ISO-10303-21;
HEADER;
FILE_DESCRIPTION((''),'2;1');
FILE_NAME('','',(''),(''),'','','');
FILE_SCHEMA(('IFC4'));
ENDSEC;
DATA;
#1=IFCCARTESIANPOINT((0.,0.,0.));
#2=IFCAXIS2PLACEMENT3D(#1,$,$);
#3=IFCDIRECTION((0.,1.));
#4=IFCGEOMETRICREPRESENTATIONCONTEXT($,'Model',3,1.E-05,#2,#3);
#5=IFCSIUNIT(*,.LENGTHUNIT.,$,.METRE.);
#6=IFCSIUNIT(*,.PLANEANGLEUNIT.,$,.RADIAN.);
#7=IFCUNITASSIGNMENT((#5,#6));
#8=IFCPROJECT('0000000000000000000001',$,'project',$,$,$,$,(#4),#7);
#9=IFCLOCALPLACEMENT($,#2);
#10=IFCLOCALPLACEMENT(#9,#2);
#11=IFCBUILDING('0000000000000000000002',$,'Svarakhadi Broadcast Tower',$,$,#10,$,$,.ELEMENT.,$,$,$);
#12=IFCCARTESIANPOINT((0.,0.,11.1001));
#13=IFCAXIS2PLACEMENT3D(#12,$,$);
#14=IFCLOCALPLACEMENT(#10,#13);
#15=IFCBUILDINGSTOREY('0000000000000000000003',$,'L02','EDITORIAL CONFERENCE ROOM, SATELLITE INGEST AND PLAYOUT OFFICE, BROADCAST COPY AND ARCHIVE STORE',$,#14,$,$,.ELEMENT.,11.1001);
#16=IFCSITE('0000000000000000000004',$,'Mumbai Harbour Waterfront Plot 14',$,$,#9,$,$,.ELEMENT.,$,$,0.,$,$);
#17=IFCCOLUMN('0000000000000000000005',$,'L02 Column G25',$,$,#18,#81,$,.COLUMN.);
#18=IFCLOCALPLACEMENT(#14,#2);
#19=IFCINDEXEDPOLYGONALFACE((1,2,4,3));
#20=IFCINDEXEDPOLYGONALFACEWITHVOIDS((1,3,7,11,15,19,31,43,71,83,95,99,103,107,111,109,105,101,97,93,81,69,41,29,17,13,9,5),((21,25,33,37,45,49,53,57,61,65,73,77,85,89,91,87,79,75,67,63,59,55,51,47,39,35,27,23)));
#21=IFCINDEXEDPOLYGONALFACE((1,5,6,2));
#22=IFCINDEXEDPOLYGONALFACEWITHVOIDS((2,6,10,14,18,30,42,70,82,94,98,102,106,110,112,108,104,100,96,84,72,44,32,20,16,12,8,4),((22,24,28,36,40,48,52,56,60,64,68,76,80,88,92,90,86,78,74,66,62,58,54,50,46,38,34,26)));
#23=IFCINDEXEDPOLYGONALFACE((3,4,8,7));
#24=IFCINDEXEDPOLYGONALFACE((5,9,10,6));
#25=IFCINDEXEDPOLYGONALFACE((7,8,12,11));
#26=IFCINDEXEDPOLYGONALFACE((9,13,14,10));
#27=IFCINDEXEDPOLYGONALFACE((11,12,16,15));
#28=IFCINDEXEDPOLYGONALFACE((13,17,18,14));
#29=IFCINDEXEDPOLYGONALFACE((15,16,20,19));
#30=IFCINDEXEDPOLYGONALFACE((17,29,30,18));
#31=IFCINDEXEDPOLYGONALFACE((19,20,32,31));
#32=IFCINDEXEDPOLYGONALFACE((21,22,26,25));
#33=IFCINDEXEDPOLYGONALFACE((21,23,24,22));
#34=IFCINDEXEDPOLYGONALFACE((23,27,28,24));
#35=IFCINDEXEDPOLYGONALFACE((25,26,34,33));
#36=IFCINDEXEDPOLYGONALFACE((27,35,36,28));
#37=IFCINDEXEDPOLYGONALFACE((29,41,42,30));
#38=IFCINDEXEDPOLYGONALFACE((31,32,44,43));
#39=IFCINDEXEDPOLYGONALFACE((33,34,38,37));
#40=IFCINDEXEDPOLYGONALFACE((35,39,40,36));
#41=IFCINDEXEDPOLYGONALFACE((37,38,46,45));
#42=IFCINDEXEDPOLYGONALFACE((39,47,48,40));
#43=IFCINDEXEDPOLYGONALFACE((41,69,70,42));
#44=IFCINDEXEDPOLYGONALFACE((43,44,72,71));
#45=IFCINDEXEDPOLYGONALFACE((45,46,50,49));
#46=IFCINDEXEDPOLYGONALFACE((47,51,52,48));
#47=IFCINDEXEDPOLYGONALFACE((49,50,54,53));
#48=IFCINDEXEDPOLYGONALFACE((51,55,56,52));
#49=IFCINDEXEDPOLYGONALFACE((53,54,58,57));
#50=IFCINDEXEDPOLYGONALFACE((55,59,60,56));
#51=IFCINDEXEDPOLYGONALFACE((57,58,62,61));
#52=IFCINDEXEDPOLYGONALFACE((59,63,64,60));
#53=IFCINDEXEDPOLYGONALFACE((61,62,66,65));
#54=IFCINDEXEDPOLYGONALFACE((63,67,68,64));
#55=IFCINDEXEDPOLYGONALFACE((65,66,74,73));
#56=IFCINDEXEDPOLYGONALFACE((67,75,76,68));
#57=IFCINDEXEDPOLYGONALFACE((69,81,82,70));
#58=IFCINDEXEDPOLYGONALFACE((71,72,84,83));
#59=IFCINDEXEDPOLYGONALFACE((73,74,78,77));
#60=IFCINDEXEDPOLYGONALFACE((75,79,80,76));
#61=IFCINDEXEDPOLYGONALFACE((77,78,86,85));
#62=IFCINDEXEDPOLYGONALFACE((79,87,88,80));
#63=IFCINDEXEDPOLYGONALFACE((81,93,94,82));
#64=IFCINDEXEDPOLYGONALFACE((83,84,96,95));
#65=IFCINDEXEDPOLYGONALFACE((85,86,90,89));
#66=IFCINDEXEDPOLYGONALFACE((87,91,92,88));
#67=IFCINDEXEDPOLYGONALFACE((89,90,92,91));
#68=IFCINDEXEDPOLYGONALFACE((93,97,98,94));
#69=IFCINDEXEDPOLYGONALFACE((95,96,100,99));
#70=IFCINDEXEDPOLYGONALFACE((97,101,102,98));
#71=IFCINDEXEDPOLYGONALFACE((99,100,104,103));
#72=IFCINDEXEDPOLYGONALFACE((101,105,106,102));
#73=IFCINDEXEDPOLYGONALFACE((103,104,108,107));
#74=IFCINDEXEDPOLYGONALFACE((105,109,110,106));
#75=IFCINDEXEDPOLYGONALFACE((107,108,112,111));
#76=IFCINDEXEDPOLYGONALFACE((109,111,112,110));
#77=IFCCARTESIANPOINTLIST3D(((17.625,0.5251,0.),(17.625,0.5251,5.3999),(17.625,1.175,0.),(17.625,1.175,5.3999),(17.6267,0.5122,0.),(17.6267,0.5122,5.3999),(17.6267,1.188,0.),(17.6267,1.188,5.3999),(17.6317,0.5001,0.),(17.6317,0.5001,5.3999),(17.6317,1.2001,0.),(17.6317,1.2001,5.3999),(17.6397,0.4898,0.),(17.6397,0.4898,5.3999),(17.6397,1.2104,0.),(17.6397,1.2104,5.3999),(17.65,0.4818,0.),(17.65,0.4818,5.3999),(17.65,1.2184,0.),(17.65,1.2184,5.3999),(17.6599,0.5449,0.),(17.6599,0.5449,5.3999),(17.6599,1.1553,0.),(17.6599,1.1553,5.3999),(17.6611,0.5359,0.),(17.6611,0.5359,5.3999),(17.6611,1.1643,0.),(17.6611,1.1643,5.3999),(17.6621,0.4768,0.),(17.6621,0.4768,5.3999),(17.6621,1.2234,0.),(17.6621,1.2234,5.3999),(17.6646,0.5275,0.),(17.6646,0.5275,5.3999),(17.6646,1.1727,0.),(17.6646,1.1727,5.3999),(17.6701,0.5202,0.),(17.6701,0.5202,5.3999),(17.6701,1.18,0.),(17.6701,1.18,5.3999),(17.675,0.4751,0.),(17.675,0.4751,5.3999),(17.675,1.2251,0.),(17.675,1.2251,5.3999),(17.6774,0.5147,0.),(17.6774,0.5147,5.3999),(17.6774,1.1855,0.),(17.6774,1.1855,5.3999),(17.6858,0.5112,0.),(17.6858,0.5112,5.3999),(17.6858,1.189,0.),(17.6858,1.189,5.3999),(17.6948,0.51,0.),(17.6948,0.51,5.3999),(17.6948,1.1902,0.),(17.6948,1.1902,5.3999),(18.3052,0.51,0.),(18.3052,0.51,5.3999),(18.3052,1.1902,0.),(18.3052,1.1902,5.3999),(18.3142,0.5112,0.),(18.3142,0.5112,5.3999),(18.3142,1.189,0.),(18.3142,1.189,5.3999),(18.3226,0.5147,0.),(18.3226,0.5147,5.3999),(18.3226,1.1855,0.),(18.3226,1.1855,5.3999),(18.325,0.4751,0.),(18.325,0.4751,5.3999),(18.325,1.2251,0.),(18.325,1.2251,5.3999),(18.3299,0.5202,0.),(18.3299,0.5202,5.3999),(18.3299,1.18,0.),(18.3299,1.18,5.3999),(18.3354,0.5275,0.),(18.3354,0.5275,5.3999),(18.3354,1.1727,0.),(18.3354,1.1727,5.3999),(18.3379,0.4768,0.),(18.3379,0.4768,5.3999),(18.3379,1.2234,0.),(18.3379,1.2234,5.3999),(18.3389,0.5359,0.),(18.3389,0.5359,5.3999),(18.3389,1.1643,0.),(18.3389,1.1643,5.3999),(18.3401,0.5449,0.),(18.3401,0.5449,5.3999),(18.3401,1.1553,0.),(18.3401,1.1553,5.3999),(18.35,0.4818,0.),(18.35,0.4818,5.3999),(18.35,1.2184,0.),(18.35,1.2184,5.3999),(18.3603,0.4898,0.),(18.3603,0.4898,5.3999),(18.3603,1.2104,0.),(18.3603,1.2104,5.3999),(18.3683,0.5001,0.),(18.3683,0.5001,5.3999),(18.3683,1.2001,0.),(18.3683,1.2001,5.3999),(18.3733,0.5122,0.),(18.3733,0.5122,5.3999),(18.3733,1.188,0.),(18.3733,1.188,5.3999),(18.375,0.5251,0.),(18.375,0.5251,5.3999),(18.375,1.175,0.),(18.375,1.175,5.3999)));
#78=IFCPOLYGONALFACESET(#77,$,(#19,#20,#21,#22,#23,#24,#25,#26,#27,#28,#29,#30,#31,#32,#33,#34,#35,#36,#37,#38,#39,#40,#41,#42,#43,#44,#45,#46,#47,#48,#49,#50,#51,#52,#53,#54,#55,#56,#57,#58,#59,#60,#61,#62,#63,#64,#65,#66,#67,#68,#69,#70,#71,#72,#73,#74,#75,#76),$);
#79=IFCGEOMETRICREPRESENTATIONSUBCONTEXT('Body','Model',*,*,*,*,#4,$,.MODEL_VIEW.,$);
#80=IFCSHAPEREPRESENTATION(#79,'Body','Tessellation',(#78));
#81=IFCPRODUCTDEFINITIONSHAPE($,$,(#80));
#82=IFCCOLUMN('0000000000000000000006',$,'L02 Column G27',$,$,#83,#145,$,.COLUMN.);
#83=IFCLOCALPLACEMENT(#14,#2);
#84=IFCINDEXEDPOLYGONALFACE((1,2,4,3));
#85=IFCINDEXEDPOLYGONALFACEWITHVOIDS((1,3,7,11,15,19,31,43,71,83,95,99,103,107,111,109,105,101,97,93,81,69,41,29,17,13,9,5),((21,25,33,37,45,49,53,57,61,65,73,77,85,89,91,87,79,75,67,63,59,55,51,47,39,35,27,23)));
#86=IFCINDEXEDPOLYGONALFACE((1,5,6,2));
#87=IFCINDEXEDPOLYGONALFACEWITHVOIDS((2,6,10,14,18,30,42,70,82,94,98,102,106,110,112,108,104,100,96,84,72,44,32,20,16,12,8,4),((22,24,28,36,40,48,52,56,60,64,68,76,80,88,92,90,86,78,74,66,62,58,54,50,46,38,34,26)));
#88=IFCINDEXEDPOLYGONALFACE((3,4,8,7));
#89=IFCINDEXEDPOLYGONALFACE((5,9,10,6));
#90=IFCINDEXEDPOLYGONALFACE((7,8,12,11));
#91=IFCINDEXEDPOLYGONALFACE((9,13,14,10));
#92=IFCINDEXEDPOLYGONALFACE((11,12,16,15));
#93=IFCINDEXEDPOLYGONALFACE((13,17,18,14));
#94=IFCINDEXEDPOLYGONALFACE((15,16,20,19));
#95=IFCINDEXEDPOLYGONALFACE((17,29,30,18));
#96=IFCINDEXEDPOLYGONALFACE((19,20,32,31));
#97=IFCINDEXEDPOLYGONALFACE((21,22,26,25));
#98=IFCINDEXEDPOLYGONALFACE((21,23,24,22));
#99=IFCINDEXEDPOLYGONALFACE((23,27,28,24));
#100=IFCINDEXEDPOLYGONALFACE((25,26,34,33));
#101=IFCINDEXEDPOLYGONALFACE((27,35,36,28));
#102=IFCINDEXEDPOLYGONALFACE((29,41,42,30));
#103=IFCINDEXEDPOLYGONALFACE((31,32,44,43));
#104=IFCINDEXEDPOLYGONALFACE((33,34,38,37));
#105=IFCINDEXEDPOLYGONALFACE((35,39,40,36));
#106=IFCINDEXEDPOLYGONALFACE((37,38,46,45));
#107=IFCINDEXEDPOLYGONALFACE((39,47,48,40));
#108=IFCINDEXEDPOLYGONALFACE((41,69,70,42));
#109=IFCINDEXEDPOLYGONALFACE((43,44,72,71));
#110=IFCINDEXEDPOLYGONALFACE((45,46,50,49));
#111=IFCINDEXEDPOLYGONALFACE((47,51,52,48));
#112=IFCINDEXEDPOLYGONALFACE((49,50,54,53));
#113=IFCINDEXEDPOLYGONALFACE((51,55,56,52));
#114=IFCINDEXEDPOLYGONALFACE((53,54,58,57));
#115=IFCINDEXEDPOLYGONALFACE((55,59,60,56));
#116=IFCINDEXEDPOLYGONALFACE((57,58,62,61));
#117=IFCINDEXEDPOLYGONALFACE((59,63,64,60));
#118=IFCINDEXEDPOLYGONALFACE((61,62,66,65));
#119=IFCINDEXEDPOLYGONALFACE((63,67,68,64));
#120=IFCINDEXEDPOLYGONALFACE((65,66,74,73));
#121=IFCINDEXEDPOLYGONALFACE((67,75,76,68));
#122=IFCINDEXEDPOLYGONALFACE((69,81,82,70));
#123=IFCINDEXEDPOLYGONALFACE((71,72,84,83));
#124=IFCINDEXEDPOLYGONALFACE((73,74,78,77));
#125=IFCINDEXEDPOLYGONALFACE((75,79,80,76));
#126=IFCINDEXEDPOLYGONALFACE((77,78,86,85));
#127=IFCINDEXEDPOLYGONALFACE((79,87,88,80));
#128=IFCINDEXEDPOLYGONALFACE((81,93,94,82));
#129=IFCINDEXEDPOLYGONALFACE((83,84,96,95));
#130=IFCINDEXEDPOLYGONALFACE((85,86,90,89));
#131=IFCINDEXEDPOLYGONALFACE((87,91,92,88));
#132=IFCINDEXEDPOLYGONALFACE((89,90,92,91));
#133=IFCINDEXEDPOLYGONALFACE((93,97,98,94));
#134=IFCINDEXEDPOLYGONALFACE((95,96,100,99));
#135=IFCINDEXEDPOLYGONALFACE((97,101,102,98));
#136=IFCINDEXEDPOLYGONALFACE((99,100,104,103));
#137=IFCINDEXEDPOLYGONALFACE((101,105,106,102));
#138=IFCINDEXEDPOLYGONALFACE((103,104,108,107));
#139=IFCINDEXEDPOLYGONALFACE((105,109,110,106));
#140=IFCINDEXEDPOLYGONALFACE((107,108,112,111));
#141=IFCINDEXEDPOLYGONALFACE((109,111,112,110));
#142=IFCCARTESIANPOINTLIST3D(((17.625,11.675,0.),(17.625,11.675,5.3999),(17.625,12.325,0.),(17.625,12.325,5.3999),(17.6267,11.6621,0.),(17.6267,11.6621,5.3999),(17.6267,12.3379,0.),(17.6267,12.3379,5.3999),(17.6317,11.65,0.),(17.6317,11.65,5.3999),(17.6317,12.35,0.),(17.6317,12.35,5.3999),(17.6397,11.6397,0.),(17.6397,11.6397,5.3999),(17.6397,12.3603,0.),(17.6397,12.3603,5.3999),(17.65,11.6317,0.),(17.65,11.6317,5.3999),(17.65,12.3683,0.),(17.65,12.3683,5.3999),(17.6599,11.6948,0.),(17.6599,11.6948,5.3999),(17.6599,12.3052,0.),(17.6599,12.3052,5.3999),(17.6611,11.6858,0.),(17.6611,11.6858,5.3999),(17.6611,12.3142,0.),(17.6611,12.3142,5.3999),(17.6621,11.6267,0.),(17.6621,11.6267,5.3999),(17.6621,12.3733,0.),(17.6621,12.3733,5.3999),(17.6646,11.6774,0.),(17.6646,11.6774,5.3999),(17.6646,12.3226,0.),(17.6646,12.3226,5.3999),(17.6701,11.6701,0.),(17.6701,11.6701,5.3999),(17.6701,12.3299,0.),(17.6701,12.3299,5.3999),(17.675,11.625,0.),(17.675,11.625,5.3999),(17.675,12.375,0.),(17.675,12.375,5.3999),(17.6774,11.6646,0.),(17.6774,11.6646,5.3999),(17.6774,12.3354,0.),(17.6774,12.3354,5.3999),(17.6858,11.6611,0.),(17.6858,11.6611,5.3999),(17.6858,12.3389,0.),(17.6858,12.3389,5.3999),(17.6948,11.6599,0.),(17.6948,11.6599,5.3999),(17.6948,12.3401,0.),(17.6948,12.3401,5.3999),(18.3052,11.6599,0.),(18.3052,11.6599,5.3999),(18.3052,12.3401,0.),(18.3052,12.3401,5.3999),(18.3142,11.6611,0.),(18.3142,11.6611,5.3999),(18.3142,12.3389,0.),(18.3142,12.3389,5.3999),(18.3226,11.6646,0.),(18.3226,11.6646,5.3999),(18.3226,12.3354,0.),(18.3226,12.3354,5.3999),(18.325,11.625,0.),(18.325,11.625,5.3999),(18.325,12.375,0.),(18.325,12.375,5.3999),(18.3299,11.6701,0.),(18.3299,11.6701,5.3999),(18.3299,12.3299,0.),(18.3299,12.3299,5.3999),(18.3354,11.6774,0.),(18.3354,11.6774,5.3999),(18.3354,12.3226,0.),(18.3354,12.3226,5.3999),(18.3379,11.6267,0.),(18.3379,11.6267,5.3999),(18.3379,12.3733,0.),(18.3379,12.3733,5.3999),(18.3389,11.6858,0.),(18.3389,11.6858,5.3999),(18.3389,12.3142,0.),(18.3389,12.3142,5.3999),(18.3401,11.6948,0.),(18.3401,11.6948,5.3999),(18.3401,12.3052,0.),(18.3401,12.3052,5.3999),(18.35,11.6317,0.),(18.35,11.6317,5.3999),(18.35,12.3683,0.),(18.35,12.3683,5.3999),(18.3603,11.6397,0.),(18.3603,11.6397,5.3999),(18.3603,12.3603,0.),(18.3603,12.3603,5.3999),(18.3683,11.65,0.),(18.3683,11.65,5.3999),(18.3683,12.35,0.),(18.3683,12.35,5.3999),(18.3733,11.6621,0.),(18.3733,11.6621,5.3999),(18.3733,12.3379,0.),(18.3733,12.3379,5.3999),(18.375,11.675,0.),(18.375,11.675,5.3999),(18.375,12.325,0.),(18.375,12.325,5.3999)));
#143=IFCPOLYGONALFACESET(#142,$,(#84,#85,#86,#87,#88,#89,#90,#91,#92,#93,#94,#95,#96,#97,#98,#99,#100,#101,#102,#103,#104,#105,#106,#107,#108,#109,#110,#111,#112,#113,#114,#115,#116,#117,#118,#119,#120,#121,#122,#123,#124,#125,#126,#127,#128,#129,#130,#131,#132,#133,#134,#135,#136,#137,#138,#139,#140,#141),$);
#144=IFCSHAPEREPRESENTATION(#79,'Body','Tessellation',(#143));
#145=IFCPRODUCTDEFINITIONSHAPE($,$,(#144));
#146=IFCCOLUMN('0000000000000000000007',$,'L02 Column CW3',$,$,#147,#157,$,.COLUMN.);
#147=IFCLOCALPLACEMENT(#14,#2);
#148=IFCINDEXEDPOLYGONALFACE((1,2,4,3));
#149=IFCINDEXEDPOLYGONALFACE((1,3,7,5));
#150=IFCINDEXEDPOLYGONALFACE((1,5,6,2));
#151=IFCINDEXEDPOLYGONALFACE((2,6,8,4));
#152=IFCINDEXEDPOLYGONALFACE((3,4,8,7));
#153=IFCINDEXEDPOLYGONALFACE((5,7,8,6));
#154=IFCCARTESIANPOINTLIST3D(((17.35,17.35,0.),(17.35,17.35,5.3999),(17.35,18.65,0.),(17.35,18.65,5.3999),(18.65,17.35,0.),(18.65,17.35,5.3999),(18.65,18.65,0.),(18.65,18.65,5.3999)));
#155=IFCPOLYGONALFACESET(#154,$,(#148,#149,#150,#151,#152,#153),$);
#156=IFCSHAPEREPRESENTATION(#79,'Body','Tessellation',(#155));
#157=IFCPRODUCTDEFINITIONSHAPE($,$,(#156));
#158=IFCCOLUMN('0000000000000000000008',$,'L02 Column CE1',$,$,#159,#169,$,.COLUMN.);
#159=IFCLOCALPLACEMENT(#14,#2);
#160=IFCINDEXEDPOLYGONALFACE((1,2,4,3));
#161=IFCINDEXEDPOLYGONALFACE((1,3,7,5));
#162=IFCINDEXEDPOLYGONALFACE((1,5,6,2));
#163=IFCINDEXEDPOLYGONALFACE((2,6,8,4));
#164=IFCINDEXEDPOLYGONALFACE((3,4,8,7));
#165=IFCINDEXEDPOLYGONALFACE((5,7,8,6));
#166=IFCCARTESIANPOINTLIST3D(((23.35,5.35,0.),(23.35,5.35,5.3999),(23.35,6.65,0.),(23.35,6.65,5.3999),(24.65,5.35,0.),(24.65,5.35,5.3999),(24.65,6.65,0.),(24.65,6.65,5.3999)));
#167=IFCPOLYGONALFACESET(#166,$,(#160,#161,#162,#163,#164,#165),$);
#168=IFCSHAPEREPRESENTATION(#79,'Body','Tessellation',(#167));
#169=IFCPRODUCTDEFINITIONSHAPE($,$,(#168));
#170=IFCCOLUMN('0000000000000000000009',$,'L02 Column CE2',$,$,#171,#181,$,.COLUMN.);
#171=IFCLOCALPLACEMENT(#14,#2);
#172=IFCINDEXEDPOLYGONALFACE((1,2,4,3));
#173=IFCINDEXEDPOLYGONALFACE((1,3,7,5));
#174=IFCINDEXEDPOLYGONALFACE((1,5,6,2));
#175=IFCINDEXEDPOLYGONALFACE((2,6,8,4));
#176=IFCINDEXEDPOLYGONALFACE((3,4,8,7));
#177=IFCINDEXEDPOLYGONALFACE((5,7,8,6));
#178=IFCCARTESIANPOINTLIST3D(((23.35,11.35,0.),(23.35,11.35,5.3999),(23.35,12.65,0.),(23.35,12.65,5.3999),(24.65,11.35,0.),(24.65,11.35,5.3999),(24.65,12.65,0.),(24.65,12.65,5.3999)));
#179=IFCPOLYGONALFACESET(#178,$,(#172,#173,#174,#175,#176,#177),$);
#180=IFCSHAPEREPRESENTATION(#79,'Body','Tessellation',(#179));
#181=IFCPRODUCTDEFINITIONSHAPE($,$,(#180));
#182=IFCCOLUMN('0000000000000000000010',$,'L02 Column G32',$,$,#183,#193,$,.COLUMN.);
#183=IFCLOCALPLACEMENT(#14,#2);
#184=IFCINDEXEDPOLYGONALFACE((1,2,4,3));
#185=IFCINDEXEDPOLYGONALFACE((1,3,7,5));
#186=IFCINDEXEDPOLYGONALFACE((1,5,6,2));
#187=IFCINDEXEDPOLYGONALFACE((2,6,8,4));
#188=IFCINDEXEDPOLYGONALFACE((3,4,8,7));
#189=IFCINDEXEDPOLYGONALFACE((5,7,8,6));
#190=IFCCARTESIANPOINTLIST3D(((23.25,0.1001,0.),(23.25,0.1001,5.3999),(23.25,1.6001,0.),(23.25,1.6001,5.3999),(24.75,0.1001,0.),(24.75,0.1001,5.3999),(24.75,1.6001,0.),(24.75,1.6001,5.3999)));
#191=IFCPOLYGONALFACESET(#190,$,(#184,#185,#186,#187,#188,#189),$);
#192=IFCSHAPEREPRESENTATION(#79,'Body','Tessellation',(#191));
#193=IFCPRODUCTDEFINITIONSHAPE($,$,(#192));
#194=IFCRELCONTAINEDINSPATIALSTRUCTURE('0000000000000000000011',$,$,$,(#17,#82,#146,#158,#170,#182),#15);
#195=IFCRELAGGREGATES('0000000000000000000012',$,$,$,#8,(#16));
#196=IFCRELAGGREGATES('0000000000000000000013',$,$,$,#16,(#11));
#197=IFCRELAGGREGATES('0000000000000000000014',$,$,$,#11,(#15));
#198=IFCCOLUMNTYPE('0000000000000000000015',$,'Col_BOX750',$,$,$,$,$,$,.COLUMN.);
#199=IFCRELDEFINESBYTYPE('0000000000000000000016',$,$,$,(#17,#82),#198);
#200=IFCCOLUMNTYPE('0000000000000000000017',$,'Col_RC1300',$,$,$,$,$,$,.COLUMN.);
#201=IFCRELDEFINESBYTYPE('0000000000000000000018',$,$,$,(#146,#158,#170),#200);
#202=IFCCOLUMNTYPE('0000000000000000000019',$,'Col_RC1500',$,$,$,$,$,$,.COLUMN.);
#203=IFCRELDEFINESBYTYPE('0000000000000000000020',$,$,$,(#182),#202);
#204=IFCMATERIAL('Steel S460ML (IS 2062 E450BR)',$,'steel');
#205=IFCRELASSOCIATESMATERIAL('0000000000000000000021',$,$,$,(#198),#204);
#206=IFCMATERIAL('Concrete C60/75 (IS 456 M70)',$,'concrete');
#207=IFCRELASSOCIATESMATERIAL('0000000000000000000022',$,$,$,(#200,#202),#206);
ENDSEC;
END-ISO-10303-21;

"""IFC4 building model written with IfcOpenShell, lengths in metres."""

from ifc_helpers import new_model, si_unit, direction, frame, origin, origin_2d, place, context, subcontext, project, spatial, rectangle, hollow_rectangle, extrude, material, material_profile, profile_set, type_object, element, save


model = new_model("IFC4")

# Units and contexts
model_context = context("Model", 3, precision=1e-05, world=origin(), true_north=direction((0.0, 1.0)))
body_context = subcontext(model_context, "Body", "Model", "MODEL_VIEW")
ifc_project = project(units=[si_unit("LENGTHUNIT", "METRE"), si_unit("PLANEANGLEUNIT", "RADIAN")], contexts=[model_context])

# Site, building, storey
site_placement = place(None, origin())
site = spatial("IfcSite", under=ifc_project, at=site_placement, Name="Mumbai Harbour Waterfront Plot 14", CompositionType="ELEMENT", RefElevation=0.0)
building_placement = place(site_placement, origin())
building = spatial("IfcBuilding", under=site, at=building_placement, Name="Svarakhadi Broadcast Tower", CompositionType="ELEMENT")
storey_placement = place(building_placement, frame((0.0, 0.0, 11.1001)))
storey = spatial("IfcBuildingStorey", under=building, at=storey_placement, Name="L02", Description="EDITORIAL CONFERENCE ROOM, SATELLITE INGEST AND PLAYOUT OFFICE, BROADCAST COPY AND ARCHIVE STORE", CompositionType="ELEMENT", Elevation=11.1001)

# Columns
ifc_material_1 = material(Name="Steel S460ML (IS 2062 E450BR)", Category="steel")
ifc_material_profile_1 = material_profile(ifc_material_1, hollow_rectangle(XDim=0.75, YDim=0.75, WallThickness=0.0349, InnerFilletRadius=0.0349, OuterFilletRadius=0.05, at=origin_2d()), Name="BOX 750x750x35")
ifc_profile_set_1 = profile_set([ifc_material_profile_1], Name="Steel S460ML (IS 2062 E450BR)")
column_type_1 = type_object("IfcColumnType", Name="Col_BOX750", PredefinedType="COLUMN", material=ifc_profile_set_1)
for number, where, z_axis, x_axis, name in (
    (1, (18.0, 0.8501, 0.0), (0.0, 0.0, 1.0), (1.0, 0.0, 0.0), "L02 Column G25"),
    (2, (18.0, 12.0, 0.0), (0.0, 0.0, 1.0), (1.0, 0.0, 0.0), "L02 Column G27"),
):
    element("IfcColumn", number, at=place(storey_placement, frame(where, z_axis=z_axis, x_axis=x_axis)), inside=storey, type_object=column_type_1, Name=name, PredefinedType="COLUMN", context=body_context, shape_type="SweptSolid", body=[
        extrude(hollow_rectangle(XDim=0.75, YDim=0.75, WallThickness=0.0349, InnerFilletRadius=0.0349, OuterFilletRadius=0.05, at=origin_2d()), origin(), (0.0, 0.0, 1.0), 5.3999),
    ])
ifc_material_2 = material(Name="Concrete C60/75 (IS 456 M70)", Category="concrete")
ifc_material_profile_2 = material_profile(ifc_material_2, rectangle(XDim=1.3, YDim=1.3, at=origin_2d()), Name="RC 1300x1300")
ifc_profile_set_2 = profile_set([ifc_material_profile_2], Name="Concrete C60/75 (IS 456 M70)")
column_type_2 = type_object("IfcColumnType", Name="Col_RC1300", PredefinedType="COLUMN", material=ifc_profile_set_2)
for number, where, z_axis, x_axis, name in (
    (3, (18.0, 18.0, 0.0), (0.0, 0.0, 1.0), (1.0, 0.0, 0.0), "L02 Column CW3"),
    (4, (24.0, 6.0, 0.0), (0.0, 0.0, 1.0), (1.0, 0.0, 0.0), "L02 Column CE1"),
    (5, (24.0, 12.0, 0.0), (0.0, 0.0, 1.0), (1.0, 0.0, 0.0), "L02 Column CE2"),
):
    element("IfcColumn", number, at=place(storey_placement, frame(where, z_axis=z_axis, x_axis=x_axis)), inside=storey, type_object=column_type_2, Name=name, PredefinedType="COLUMN", context=body_context, shape_type="SweptSolid", body=[
        extrude(rectangle(XDim=1.3, YDim=1.3, at=origin_2d()), origin(), (0.0, 0.0, 1.0), 5.3999),
    ])
ifc_material_profile_3 = material_profile(ifc_material_2, rectangle(XDim=1.5, YDim=1.5, at=origin_2d()), Name="RC 1500x1500")
ifc_profile_set_3 = profile_set([ifc_material_profile_3], Name="Concrete C60/75 (IS 456 M70)")
column_type_3 = type_object("IfcColumnType", Name="Col_RC1500", PredefinedType="COLUMN", material=ifc_profile_set_3)
column_placement = place(storey_placement, frame((24.0, 0.8501, 0.0), z_axis=(0.0, 0.0, 1.0), x_axis=(1.0, 0.0, 0.0)))
element("IfcColumn", 6, at=column_placement, inside=storey, type_object=column_type_3, Name="L02 Column G32", PredefinedType="COLUMN", context=body_context, shape_type="SweptSolid", body=[
    extrude(rectangle(XDim=1.5, YDim=1.5, at=origin_2d()), origin(), (0.0, 0.0, 1.0), 5.3999),
])

save(model, "model.ifc")
